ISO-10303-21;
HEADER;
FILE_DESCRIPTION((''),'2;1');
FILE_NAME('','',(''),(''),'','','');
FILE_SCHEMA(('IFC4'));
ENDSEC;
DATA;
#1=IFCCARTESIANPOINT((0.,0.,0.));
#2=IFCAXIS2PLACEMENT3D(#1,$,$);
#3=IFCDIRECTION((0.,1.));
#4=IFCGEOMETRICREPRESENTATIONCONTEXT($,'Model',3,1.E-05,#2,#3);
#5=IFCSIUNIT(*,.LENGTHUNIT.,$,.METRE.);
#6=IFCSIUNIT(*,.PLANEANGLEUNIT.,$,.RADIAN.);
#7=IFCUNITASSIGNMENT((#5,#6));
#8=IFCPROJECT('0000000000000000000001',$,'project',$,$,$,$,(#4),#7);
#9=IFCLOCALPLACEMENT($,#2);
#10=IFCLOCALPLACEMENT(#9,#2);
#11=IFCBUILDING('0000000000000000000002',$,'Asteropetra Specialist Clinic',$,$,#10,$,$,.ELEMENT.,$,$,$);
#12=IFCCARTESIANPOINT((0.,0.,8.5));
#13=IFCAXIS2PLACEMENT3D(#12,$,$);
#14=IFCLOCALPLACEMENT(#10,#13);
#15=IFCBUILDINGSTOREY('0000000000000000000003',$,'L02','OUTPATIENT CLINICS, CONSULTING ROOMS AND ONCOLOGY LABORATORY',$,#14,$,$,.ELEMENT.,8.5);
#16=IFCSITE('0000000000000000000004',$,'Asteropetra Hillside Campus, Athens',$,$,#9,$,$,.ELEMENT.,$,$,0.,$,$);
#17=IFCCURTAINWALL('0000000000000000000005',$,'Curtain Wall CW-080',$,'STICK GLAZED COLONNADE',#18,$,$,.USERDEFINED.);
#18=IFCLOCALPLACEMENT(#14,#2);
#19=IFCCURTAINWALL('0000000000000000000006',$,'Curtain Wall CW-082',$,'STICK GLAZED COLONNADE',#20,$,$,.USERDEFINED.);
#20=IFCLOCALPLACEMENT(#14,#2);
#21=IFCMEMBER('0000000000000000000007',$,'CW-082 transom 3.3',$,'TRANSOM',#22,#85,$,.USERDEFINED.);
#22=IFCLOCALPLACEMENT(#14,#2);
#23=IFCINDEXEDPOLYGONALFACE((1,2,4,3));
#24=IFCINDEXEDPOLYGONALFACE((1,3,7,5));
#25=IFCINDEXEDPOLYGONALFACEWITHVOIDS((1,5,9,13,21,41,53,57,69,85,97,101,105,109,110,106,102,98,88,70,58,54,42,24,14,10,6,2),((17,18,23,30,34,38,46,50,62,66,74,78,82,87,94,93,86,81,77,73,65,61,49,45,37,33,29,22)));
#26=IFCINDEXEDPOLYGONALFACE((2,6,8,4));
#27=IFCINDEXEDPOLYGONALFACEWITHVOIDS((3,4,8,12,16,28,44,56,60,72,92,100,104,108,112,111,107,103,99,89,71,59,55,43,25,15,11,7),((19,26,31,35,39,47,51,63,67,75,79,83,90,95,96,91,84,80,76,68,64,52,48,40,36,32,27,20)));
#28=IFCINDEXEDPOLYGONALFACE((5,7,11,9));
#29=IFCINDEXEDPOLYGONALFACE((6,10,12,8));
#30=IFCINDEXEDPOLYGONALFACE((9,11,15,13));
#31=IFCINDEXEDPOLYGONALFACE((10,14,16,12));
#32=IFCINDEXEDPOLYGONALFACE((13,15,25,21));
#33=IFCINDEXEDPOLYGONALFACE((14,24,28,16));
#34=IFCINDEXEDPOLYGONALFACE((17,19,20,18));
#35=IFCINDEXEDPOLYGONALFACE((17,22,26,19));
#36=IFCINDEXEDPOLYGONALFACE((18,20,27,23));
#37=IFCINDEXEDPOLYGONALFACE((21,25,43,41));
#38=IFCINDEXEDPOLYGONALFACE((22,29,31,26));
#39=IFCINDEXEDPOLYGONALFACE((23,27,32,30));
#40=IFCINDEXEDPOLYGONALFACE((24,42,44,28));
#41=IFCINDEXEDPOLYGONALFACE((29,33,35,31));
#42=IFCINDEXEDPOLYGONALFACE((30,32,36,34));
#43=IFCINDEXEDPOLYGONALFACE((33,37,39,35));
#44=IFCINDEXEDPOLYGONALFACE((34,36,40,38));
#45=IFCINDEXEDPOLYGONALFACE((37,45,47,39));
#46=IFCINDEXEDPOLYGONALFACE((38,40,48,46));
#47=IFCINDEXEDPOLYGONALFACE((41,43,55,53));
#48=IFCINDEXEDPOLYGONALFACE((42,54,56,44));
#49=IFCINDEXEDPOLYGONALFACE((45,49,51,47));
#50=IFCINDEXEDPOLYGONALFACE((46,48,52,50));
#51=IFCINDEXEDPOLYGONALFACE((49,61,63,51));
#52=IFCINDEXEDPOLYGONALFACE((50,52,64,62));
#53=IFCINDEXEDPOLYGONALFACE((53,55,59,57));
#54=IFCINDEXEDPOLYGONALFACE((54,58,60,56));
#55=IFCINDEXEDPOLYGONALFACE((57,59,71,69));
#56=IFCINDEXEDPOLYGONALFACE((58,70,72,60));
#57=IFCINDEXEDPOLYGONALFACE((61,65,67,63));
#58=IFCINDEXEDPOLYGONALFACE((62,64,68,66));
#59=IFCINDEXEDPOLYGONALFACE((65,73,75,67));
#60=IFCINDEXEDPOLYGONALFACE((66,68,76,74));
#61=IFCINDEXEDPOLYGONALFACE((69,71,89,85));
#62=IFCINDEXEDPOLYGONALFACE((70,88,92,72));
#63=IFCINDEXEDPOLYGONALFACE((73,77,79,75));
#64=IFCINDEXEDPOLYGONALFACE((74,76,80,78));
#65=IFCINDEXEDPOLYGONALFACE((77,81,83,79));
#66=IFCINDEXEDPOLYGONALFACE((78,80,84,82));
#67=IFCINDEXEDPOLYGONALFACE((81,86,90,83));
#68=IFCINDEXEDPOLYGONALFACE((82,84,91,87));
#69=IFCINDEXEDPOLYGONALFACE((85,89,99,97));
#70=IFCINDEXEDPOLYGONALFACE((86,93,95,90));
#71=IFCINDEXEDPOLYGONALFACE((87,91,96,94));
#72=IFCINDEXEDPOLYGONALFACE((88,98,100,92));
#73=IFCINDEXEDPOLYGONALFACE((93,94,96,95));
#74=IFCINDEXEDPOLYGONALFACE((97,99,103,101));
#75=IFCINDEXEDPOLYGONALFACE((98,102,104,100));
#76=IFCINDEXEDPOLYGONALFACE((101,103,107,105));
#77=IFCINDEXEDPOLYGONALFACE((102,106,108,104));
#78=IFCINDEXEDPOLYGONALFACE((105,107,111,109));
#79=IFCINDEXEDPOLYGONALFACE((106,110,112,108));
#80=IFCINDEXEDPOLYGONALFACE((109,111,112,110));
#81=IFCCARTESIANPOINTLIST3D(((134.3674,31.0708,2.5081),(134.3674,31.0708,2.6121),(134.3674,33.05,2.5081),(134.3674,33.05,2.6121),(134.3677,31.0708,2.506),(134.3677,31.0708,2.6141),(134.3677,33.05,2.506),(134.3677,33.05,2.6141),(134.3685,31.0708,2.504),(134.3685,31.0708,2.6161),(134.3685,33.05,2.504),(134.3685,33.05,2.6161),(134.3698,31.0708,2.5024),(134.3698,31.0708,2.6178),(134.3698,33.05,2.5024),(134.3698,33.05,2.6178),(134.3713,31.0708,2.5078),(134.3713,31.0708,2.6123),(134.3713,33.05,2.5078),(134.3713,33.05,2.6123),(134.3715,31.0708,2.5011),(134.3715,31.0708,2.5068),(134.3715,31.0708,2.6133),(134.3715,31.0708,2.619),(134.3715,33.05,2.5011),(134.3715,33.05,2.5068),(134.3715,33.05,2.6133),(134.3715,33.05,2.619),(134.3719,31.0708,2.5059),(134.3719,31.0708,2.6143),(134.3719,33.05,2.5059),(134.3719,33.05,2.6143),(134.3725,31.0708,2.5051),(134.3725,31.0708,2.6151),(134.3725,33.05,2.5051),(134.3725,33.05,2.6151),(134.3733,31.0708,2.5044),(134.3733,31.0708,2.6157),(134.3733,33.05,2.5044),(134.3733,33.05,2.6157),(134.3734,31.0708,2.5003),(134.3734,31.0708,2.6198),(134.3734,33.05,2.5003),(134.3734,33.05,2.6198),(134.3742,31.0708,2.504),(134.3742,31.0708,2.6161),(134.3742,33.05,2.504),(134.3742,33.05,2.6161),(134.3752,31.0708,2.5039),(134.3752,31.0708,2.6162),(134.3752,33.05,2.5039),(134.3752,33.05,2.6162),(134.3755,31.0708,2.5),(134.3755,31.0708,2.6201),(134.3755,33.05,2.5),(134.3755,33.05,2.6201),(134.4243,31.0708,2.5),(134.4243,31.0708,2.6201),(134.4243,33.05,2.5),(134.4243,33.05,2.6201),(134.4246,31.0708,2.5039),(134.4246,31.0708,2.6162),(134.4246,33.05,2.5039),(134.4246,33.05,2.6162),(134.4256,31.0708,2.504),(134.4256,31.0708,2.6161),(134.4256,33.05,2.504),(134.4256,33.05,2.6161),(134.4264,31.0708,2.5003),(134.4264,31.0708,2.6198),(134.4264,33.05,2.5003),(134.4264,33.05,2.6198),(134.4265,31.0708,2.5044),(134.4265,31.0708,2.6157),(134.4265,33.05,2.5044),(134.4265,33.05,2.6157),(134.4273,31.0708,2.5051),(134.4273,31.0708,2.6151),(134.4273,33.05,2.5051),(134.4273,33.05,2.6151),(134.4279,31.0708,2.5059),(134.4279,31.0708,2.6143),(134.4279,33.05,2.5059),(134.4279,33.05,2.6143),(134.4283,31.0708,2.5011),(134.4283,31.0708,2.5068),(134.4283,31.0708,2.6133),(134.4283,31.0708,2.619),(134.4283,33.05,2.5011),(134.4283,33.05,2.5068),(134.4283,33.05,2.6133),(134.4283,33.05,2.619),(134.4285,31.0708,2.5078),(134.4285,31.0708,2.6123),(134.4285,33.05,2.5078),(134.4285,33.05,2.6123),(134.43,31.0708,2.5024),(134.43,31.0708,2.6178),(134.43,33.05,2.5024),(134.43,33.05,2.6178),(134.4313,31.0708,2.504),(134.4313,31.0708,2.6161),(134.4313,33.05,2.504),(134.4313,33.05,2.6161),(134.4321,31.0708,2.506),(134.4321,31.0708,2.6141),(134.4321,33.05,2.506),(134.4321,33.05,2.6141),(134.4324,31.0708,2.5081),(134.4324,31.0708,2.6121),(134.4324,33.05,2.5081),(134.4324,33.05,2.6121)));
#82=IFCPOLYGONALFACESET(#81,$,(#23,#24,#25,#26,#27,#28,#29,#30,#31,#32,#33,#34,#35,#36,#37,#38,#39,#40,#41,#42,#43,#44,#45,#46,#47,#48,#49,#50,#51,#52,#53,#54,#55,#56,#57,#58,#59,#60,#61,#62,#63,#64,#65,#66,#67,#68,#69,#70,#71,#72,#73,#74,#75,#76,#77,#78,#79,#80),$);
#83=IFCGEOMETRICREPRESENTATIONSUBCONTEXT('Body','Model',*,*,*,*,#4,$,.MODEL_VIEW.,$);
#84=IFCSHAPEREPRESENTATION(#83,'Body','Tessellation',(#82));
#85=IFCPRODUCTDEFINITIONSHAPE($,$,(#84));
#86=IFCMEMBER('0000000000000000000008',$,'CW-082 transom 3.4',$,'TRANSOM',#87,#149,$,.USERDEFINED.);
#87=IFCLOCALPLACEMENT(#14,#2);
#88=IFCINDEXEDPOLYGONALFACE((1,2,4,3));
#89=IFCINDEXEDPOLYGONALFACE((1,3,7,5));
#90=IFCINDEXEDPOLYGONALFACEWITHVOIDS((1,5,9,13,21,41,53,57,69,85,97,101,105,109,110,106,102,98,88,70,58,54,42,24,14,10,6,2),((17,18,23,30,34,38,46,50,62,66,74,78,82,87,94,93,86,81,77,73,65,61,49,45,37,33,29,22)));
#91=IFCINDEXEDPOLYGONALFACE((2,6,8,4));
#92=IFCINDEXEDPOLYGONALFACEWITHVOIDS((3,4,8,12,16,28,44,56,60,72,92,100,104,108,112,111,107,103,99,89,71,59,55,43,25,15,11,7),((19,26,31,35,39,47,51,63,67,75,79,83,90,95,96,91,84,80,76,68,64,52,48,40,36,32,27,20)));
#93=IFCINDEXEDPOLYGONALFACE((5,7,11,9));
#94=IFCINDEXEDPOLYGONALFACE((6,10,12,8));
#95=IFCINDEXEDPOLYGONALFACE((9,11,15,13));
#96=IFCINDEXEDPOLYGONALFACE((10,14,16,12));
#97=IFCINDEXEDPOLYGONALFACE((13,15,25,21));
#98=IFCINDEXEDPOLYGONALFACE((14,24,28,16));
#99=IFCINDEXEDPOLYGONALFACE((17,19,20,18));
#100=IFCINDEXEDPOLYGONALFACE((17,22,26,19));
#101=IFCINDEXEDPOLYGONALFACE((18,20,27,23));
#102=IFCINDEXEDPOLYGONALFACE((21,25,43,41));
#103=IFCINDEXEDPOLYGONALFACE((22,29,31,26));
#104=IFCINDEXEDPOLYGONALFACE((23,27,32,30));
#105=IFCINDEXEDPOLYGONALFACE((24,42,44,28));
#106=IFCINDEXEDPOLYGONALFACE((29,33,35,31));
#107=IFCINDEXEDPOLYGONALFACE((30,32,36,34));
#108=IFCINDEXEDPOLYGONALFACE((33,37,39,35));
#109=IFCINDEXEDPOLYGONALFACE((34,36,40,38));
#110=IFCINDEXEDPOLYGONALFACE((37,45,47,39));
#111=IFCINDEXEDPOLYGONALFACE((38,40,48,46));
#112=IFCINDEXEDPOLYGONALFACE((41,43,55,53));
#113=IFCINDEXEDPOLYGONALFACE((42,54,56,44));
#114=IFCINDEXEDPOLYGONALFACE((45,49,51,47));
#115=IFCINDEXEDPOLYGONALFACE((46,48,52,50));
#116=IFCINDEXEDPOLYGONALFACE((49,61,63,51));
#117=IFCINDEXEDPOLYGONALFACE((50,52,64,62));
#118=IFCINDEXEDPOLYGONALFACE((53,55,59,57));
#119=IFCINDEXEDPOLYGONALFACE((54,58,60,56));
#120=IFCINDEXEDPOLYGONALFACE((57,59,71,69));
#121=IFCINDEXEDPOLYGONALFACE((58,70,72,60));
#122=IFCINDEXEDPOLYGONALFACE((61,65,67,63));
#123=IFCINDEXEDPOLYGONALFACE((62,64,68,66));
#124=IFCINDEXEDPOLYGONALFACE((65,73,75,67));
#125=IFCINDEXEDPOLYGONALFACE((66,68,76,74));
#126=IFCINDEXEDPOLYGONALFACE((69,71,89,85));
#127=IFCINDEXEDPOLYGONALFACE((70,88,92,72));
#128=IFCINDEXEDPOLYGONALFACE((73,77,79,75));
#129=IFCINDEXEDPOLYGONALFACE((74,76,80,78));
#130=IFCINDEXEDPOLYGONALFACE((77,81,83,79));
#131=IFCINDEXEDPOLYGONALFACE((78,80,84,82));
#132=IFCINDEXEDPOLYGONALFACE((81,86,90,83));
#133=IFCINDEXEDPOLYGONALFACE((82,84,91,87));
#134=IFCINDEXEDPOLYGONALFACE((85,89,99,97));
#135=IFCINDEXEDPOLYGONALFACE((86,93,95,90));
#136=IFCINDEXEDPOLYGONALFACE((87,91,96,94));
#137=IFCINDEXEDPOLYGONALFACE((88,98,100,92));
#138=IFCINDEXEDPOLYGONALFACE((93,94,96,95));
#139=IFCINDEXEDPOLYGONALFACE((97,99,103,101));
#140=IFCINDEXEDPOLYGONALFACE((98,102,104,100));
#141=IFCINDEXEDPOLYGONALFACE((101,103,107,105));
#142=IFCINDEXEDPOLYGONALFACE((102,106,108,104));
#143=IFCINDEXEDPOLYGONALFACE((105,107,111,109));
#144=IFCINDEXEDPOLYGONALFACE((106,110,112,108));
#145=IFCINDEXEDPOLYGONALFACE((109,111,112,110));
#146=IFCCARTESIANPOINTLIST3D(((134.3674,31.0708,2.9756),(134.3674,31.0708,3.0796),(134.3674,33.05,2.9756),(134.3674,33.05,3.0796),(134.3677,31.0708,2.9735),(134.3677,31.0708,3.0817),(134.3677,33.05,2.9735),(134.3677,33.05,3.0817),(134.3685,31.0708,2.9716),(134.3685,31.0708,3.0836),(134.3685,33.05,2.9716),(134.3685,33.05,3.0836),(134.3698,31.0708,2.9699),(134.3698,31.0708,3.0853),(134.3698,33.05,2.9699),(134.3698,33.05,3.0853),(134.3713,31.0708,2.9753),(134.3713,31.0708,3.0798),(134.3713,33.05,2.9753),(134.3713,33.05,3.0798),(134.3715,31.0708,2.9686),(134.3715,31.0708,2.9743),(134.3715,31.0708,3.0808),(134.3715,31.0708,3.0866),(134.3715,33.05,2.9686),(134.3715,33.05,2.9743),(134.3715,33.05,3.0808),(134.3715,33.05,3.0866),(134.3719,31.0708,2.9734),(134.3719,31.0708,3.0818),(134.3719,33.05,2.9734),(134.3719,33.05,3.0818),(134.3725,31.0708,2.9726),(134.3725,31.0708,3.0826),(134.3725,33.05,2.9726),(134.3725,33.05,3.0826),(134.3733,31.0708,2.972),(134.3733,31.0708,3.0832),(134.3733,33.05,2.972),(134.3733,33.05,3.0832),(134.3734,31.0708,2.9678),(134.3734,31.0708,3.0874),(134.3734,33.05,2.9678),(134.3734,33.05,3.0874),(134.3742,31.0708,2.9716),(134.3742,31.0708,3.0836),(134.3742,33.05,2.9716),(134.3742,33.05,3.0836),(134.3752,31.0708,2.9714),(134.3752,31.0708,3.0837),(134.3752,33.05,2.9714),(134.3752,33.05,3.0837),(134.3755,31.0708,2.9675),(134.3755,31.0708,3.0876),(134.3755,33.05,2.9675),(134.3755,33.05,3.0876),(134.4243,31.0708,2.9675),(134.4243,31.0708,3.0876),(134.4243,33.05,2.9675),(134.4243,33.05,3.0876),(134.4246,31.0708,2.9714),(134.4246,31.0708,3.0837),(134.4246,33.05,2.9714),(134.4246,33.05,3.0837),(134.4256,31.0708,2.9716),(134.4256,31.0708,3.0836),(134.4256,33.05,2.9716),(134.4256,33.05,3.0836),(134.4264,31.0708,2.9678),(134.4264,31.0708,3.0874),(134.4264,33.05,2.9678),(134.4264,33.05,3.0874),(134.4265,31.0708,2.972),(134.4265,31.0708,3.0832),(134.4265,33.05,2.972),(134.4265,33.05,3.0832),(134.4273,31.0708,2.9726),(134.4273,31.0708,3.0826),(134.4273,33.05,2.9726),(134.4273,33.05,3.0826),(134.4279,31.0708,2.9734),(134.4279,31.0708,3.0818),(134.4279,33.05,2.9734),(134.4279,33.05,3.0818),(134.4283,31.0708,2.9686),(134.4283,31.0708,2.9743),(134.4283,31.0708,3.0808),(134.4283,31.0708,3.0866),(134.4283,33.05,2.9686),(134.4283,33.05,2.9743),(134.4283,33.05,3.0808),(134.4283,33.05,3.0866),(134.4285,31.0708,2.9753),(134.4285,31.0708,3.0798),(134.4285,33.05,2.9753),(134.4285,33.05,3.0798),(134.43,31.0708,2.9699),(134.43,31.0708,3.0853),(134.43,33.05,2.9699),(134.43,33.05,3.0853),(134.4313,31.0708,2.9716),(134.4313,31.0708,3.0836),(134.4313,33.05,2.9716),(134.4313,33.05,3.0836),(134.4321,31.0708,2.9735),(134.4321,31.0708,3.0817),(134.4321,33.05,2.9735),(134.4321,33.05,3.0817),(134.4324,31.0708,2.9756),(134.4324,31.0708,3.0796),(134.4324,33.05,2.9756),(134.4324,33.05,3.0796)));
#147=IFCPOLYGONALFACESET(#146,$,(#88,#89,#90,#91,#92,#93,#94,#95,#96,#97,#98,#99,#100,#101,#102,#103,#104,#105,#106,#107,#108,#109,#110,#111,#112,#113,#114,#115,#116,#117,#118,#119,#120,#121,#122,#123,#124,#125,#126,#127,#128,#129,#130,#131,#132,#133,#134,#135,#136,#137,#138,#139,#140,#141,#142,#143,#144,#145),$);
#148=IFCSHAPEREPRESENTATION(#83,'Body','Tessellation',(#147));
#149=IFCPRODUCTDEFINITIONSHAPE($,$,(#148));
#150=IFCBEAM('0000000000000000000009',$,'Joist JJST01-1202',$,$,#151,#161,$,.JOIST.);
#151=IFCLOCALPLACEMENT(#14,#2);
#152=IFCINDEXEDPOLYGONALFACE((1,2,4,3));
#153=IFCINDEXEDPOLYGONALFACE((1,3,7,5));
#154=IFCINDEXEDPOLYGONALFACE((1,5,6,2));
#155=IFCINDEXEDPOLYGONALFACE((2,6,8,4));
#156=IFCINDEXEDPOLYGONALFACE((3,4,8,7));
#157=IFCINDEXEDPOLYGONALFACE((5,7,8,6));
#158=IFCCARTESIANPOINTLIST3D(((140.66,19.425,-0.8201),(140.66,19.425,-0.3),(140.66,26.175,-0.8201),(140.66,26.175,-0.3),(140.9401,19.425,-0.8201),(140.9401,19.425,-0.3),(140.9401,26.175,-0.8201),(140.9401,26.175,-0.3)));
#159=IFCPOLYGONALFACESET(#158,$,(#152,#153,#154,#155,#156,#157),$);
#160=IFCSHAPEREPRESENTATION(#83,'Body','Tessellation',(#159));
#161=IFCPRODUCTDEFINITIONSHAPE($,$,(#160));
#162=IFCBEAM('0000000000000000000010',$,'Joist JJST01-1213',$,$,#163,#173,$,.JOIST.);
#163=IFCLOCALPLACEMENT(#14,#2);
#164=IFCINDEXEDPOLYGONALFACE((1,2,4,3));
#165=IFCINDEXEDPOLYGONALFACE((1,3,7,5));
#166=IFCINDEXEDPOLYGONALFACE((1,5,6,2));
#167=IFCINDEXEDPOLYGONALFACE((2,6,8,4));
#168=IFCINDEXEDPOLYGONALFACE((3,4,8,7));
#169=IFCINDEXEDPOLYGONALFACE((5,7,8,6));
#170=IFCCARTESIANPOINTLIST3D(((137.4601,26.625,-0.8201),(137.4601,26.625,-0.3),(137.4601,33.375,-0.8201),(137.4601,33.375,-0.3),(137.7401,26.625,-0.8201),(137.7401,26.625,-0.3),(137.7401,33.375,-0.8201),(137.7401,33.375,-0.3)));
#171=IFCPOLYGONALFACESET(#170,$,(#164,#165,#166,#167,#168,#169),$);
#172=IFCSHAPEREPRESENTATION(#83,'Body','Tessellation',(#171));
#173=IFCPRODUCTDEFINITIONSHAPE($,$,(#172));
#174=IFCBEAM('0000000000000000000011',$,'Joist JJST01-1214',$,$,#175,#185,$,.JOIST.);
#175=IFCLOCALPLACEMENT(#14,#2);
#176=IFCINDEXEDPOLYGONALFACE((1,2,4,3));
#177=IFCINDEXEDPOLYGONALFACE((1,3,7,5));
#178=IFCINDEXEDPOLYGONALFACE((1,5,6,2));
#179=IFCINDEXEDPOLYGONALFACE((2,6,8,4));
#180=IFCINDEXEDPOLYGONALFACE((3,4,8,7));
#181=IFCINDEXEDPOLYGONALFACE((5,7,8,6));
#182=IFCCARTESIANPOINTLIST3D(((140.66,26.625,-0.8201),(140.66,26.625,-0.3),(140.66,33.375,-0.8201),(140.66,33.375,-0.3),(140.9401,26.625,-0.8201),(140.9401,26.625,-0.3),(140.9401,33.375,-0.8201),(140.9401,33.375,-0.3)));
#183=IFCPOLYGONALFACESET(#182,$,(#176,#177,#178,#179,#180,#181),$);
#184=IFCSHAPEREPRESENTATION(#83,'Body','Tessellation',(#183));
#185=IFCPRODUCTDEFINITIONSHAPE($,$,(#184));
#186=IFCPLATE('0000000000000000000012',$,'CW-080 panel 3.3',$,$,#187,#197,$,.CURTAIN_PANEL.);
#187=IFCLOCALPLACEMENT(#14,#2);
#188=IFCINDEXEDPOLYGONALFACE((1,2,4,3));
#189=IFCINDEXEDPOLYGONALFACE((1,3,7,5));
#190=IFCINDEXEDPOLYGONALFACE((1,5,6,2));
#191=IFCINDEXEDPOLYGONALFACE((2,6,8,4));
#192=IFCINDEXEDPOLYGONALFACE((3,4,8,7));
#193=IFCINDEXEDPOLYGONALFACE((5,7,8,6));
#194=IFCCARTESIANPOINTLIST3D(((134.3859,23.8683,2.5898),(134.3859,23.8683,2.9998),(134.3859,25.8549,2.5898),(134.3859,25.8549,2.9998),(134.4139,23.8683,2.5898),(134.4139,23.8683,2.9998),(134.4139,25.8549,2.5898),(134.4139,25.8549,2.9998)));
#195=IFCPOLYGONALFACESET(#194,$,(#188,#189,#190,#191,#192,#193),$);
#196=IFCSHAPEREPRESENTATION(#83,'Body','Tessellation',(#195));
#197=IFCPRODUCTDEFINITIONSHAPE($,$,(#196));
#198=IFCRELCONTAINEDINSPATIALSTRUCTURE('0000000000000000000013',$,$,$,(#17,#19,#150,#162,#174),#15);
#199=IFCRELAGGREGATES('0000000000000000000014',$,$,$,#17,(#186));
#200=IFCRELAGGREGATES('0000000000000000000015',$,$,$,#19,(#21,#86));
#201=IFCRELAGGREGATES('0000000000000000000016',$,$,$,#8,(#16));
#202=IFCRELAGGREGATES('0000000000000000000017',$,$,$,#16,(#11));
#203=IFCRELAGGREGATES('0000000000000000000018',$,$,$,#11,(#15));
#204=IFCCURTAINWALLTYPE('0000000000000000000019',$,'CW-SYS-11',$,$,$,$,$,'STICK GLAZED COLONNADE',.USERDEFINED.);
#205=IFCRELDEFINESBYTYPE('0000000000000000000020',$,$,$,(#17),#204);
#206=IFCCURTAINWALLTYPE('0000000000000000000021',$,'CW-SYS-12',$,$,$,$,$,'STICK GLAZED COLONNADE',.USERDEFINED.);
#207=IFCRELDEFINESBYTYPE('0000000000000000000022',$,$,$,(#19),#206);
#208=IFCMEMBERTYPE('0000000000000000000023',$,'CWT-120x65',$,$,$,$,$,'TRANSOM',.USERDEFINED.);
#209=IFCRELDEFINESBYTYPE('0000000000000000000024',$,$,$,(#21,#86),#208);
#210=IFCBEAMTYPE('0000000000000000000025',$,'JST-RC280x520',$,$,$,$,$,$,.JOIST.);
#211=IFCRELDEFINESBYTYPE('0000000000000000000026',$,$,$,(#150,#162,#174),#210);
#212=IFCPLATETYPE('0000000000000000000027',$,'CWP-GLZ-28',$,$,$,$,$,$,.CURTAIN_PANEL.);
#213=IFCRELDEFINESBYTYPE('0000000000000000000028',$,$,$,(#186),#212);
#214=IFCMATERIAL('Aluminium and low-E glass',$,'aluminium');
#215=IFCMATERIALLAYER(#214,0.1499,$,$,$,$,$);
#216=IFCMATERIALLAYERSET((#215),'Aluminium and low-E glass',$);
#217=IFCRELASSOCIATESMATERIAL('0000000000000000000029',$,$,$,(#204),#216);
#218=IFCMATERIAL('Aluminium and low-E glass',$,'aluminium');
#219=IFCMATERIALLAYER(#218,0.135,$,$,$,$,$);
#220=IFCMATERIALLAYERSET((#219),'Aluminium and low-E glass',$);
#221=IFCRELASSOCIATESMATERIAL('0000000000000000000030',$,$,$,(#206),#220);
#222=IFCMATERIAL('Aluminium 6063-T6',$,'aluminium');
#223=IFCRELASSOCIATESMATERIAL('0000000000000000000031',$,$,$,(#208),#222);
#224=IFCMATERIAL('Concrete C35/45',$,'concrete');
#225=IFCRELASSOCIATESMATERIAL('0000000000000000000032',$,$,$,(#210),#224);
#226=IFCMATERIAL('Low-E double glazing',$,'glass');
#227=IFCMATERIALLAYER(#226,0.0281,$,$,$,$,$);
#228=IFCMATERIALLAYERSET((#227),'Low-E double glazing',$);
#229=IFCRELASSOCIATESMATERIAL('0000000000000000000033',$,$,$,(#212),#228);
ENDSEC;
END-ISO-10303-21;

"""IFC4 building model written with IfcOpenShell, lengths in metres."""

from ifc_helpers import new_model, si_unit, direction, frame, origin, origin_2d, place, context, subcontext, project, spatial, rectangle, hollow_rectangle, extrude, material, layer, layer_set, material_profile, profile_set, type_object, element, aggregate, save


model = new_model("IFC4")

# Units and contexts
model_context = context("Model", 3, precision=1e-05, world=origin(), true_north=direction((0.0, 1.0)))
body_context = subcontext(model_context, "Body", "Model", "MODEL_VIEW")
ifc_project = project(units=[si_unit("LENGTHUNIT", "METRE"), si_unit("PLANEANGLEUNIT", "RADIAN")], contexts=[model_context])

# Site, building, storey
site_placement = place(None, origin())
site = spatial("IfcSite", under=ifc_project, at=site_placement, Name="Asteropetra Hillside Campus, Athens", CompositionType="ELEMENT", RefElevation=0.0)
building_placement = place(site_placement, origin())
building = spatial("IfcBuilding", under=site, at=building_placement, Name="Asteropetra Specialist Clinic", CompositionType="ELEMENT")
storey_placement = place(building_placement, frame((0.0, 0.0, 8.5)))
storey = spatial("IfcBuildingStorey", under=building, at=storey_placement, Name="L02", Description="OUTPATIENT CLINICS, CONSULTING ROOMS AND ONCOLOGY LABORATORY", CompositionType="ELEMENT", Elevation=8.5)

# Curtain wall
ifc_material_1 = material(Name="Aluminium and low-E glass", Category="aluminium")
ifc_layer_1 = layer(ifc_material_1, 0.1499)
ifc_layer_set_1 = layer_set([ifc_layer_1], Name="Aluminium and low-E glass")
curtain_wall_type_1 = type_object("IfcCurtainWallType", Name="CW-SYS-11", ElementType="STICK GLAZED COLONNADE", PredefinedType="USERDEFINED", material=ifc_layer_set_1)
curtain_wall_1_placement = place(storey_placement, origin())
curtain_wall_1 = element("IfcCurtainWall", 1, at=curtain_wall_1_placement, inside=storey, type_object=curtain_wall_type_1, Name="Curtain Wall CW-080", ObjectType="STICK GLAZED COLONNADE", PredefinedType="USERDEFINED")

# Curtain wall, members
ifc_material_2 = material(Name="Aluminium and low-E glass", Category="aluminium")
ifc_layer_2 = layer(ifc_material_2, 0.135)
ifc_layer_set_2 = layer_set([ifc_layer_2], Name="Aluminium and low-E glass")
curtain_wall_type_2 = type_object("IfcCurtainWallType", Name="CW-SYS-12", ElementType="STICK GLAZED COLONNADE", PredefinedType="USERDEFINED", material=ifc_layer_set_2)
curtain_wall_2_placement = place(storey_placement, origin())
curtain_wall_2 = element("IfcCurtainWall", 2, at=curtain_wall_2_placement, inside=storey, type_object=curtain_wall_type_2, Name="Curtain Wall CW-082", ObjectType="STICK GLAZED COLONNADE", PredefinedType="USERDEFINED")
ifc_material_3 = material(Name="Aluminium 6063-T6", Category="aluminium")
ifc_material_profile_1 = material_profile(ifc_material_3, hollow_rectangle(XDim=0.0649, YDim=0.1201, WallThickness=0.0039, InnerFilletRadius=0.0039, OuterFilletRadius=0.0081, at=origin_2d()), Name="TRN 120x65x4.0")
ifc_profile_set_1 = profile_set([ifc_material_profile_1], Name="Aluminium 6063-T6")
member_type_1 = type_object("IfcMemberType", Name="CWT-120x65", ElementType="TRANSOM", PredefinedType="USERDEFINED", material=ifc_profile_set_1)
member_1_placement = place(storey_placement, frame((134.3999, 31.0708, 2.5601), z_axis=(0.0, 1.0, 0.0), x_axis=(-1.0, 0.0, 0.0)))
member_1 = element("IfcMember", 3, at=member_1_placement, type_object=member_type_1, Name="CW-082 transom 3.3", ObjectType="TRANSOM", PredefinedType="USERDEFINED", context=body_context, shape_type="SweptSolid", body=[
    extrude(hollow_rectangle(XDim=0.0649, YDim=0.1201, WallThickness=0.0039, InnerFilletRadius=0.0039, OuterFilletRadius=0.0081, at=origin_2d()), origin(), (0.0, 0.0, 1.0), 1.9792),
])
member_2_placement = place(storey_placement, frame((134.3999, 31.0708, 3.0276), z_axis=(0.0, 1.0, 0.0), x_axis=(-1.0, 0.0, 0.0)))
member_2 = element("IfcMember", 4, at=member_2_placement, type_object=member_type_1, Name="CW-082 transom 3.4", ObjectType="TRANSOM", PredefinedType="USERDEFINED", context=body_context, shape_type="SweptSolid", body=[
    extrude(hollow_rectangle(XDim=0.0649, YDim=0.1201, WallThickness=0.0039, InnerFilletRadius=0.0039, OuterFilletRadius=0.0081, at=origin_2d()), origin(), (0.0, 0.0, 1.0), 1.9792),
])

# Beams
ifc_material_4 = material(Name="Concrete C35/45", Category="concrete")
ifc_material_profile_2 = material_profile(ifc_material_4, rectangle(XDim=0.28, YDim=0.52, at=origin_2d()), Name="RCJ 280x520")
ifc_profile_set_2 = profile_set([ifc_material_profile_2], Name="Concrete C35/45")
beam_type_1 = type_object("IfcBeamType", Name="JST-RC280x520", PredefinedType="JOIST", material=ifc_profile_set_2)
for number, where, z_axis, x_axis, name in (
    (5, (140.8, 19.425, -0.5601), (0.0, 1.0, 0.0), (-1.0, 0.0, 0.0), "Joist JJST01-1202"),
    (6, (137.6001, 26.625, -0.5601), (0.0, 1.0, 0.0), (-1.0, 0.0, 0.0), "Joist JJST01-1213"),
    (7, (140.8, 26.625, -0.5601), (0.0, 1.0, 0.0), (-1.0, 0.0, 0.0), "Joist JJST01-1214"),
):
    element("IfcBeam", number, at=place(storey_placement, frame(where, z_axis=z_axis, x_axis=x_axis)), inside=storey, type_object=beam_type_1, Name=name, PredefinedType="JOIST", context=body_context, shape_type="SweptSolid", body=[
        extrude(rectangle(XDim=0.28, YDim=0.52, at=origin_2d()), origin(), (0.0, 0.0, 1.0), 6.75),
    ])

# Plate
ifc_material_5 = material(Name="Low-E double glazing", Category="glass")
ifc_layer_3 = layer(ifc_material_5, 0.0281)
ifc_layer_set_3 = layer_set([ifc_layer_3], Name="Low-E double glazing")
plate_type_1 = type_object("IfcPlateType", Name="CWP-GLZ-28", PredefinedType="CURTAIN_PANEL", material=ifc_layer_set_3)
plate_1_placement = place(storey_placement, frame((134.3999, 24.8616, 2.5898), z_axis=(0.0, 0.0, 1.0), x_axis=(0.0, 1.0, 0.0)))
plate_1 = element("IfcPlate", 8, at=plate_1_placement, type_object=plate_type_1, Name="CW-080 panel 3.3", PredefinedType="CURTAIN_PANEL", context=body_context, shape_type="SweptSolid", body=[
    extrude(rectangle(XDim=1.9866, YDim=0.0281, at=origin_2d()), origin(), (0.0, 0.0, 1.0), 0.4099),
])
aggregate(curtain_wall_1, [plate_1])
aggregate(curtain_wall_2, [member_1, member_2])

save(model, "model.ifc")
